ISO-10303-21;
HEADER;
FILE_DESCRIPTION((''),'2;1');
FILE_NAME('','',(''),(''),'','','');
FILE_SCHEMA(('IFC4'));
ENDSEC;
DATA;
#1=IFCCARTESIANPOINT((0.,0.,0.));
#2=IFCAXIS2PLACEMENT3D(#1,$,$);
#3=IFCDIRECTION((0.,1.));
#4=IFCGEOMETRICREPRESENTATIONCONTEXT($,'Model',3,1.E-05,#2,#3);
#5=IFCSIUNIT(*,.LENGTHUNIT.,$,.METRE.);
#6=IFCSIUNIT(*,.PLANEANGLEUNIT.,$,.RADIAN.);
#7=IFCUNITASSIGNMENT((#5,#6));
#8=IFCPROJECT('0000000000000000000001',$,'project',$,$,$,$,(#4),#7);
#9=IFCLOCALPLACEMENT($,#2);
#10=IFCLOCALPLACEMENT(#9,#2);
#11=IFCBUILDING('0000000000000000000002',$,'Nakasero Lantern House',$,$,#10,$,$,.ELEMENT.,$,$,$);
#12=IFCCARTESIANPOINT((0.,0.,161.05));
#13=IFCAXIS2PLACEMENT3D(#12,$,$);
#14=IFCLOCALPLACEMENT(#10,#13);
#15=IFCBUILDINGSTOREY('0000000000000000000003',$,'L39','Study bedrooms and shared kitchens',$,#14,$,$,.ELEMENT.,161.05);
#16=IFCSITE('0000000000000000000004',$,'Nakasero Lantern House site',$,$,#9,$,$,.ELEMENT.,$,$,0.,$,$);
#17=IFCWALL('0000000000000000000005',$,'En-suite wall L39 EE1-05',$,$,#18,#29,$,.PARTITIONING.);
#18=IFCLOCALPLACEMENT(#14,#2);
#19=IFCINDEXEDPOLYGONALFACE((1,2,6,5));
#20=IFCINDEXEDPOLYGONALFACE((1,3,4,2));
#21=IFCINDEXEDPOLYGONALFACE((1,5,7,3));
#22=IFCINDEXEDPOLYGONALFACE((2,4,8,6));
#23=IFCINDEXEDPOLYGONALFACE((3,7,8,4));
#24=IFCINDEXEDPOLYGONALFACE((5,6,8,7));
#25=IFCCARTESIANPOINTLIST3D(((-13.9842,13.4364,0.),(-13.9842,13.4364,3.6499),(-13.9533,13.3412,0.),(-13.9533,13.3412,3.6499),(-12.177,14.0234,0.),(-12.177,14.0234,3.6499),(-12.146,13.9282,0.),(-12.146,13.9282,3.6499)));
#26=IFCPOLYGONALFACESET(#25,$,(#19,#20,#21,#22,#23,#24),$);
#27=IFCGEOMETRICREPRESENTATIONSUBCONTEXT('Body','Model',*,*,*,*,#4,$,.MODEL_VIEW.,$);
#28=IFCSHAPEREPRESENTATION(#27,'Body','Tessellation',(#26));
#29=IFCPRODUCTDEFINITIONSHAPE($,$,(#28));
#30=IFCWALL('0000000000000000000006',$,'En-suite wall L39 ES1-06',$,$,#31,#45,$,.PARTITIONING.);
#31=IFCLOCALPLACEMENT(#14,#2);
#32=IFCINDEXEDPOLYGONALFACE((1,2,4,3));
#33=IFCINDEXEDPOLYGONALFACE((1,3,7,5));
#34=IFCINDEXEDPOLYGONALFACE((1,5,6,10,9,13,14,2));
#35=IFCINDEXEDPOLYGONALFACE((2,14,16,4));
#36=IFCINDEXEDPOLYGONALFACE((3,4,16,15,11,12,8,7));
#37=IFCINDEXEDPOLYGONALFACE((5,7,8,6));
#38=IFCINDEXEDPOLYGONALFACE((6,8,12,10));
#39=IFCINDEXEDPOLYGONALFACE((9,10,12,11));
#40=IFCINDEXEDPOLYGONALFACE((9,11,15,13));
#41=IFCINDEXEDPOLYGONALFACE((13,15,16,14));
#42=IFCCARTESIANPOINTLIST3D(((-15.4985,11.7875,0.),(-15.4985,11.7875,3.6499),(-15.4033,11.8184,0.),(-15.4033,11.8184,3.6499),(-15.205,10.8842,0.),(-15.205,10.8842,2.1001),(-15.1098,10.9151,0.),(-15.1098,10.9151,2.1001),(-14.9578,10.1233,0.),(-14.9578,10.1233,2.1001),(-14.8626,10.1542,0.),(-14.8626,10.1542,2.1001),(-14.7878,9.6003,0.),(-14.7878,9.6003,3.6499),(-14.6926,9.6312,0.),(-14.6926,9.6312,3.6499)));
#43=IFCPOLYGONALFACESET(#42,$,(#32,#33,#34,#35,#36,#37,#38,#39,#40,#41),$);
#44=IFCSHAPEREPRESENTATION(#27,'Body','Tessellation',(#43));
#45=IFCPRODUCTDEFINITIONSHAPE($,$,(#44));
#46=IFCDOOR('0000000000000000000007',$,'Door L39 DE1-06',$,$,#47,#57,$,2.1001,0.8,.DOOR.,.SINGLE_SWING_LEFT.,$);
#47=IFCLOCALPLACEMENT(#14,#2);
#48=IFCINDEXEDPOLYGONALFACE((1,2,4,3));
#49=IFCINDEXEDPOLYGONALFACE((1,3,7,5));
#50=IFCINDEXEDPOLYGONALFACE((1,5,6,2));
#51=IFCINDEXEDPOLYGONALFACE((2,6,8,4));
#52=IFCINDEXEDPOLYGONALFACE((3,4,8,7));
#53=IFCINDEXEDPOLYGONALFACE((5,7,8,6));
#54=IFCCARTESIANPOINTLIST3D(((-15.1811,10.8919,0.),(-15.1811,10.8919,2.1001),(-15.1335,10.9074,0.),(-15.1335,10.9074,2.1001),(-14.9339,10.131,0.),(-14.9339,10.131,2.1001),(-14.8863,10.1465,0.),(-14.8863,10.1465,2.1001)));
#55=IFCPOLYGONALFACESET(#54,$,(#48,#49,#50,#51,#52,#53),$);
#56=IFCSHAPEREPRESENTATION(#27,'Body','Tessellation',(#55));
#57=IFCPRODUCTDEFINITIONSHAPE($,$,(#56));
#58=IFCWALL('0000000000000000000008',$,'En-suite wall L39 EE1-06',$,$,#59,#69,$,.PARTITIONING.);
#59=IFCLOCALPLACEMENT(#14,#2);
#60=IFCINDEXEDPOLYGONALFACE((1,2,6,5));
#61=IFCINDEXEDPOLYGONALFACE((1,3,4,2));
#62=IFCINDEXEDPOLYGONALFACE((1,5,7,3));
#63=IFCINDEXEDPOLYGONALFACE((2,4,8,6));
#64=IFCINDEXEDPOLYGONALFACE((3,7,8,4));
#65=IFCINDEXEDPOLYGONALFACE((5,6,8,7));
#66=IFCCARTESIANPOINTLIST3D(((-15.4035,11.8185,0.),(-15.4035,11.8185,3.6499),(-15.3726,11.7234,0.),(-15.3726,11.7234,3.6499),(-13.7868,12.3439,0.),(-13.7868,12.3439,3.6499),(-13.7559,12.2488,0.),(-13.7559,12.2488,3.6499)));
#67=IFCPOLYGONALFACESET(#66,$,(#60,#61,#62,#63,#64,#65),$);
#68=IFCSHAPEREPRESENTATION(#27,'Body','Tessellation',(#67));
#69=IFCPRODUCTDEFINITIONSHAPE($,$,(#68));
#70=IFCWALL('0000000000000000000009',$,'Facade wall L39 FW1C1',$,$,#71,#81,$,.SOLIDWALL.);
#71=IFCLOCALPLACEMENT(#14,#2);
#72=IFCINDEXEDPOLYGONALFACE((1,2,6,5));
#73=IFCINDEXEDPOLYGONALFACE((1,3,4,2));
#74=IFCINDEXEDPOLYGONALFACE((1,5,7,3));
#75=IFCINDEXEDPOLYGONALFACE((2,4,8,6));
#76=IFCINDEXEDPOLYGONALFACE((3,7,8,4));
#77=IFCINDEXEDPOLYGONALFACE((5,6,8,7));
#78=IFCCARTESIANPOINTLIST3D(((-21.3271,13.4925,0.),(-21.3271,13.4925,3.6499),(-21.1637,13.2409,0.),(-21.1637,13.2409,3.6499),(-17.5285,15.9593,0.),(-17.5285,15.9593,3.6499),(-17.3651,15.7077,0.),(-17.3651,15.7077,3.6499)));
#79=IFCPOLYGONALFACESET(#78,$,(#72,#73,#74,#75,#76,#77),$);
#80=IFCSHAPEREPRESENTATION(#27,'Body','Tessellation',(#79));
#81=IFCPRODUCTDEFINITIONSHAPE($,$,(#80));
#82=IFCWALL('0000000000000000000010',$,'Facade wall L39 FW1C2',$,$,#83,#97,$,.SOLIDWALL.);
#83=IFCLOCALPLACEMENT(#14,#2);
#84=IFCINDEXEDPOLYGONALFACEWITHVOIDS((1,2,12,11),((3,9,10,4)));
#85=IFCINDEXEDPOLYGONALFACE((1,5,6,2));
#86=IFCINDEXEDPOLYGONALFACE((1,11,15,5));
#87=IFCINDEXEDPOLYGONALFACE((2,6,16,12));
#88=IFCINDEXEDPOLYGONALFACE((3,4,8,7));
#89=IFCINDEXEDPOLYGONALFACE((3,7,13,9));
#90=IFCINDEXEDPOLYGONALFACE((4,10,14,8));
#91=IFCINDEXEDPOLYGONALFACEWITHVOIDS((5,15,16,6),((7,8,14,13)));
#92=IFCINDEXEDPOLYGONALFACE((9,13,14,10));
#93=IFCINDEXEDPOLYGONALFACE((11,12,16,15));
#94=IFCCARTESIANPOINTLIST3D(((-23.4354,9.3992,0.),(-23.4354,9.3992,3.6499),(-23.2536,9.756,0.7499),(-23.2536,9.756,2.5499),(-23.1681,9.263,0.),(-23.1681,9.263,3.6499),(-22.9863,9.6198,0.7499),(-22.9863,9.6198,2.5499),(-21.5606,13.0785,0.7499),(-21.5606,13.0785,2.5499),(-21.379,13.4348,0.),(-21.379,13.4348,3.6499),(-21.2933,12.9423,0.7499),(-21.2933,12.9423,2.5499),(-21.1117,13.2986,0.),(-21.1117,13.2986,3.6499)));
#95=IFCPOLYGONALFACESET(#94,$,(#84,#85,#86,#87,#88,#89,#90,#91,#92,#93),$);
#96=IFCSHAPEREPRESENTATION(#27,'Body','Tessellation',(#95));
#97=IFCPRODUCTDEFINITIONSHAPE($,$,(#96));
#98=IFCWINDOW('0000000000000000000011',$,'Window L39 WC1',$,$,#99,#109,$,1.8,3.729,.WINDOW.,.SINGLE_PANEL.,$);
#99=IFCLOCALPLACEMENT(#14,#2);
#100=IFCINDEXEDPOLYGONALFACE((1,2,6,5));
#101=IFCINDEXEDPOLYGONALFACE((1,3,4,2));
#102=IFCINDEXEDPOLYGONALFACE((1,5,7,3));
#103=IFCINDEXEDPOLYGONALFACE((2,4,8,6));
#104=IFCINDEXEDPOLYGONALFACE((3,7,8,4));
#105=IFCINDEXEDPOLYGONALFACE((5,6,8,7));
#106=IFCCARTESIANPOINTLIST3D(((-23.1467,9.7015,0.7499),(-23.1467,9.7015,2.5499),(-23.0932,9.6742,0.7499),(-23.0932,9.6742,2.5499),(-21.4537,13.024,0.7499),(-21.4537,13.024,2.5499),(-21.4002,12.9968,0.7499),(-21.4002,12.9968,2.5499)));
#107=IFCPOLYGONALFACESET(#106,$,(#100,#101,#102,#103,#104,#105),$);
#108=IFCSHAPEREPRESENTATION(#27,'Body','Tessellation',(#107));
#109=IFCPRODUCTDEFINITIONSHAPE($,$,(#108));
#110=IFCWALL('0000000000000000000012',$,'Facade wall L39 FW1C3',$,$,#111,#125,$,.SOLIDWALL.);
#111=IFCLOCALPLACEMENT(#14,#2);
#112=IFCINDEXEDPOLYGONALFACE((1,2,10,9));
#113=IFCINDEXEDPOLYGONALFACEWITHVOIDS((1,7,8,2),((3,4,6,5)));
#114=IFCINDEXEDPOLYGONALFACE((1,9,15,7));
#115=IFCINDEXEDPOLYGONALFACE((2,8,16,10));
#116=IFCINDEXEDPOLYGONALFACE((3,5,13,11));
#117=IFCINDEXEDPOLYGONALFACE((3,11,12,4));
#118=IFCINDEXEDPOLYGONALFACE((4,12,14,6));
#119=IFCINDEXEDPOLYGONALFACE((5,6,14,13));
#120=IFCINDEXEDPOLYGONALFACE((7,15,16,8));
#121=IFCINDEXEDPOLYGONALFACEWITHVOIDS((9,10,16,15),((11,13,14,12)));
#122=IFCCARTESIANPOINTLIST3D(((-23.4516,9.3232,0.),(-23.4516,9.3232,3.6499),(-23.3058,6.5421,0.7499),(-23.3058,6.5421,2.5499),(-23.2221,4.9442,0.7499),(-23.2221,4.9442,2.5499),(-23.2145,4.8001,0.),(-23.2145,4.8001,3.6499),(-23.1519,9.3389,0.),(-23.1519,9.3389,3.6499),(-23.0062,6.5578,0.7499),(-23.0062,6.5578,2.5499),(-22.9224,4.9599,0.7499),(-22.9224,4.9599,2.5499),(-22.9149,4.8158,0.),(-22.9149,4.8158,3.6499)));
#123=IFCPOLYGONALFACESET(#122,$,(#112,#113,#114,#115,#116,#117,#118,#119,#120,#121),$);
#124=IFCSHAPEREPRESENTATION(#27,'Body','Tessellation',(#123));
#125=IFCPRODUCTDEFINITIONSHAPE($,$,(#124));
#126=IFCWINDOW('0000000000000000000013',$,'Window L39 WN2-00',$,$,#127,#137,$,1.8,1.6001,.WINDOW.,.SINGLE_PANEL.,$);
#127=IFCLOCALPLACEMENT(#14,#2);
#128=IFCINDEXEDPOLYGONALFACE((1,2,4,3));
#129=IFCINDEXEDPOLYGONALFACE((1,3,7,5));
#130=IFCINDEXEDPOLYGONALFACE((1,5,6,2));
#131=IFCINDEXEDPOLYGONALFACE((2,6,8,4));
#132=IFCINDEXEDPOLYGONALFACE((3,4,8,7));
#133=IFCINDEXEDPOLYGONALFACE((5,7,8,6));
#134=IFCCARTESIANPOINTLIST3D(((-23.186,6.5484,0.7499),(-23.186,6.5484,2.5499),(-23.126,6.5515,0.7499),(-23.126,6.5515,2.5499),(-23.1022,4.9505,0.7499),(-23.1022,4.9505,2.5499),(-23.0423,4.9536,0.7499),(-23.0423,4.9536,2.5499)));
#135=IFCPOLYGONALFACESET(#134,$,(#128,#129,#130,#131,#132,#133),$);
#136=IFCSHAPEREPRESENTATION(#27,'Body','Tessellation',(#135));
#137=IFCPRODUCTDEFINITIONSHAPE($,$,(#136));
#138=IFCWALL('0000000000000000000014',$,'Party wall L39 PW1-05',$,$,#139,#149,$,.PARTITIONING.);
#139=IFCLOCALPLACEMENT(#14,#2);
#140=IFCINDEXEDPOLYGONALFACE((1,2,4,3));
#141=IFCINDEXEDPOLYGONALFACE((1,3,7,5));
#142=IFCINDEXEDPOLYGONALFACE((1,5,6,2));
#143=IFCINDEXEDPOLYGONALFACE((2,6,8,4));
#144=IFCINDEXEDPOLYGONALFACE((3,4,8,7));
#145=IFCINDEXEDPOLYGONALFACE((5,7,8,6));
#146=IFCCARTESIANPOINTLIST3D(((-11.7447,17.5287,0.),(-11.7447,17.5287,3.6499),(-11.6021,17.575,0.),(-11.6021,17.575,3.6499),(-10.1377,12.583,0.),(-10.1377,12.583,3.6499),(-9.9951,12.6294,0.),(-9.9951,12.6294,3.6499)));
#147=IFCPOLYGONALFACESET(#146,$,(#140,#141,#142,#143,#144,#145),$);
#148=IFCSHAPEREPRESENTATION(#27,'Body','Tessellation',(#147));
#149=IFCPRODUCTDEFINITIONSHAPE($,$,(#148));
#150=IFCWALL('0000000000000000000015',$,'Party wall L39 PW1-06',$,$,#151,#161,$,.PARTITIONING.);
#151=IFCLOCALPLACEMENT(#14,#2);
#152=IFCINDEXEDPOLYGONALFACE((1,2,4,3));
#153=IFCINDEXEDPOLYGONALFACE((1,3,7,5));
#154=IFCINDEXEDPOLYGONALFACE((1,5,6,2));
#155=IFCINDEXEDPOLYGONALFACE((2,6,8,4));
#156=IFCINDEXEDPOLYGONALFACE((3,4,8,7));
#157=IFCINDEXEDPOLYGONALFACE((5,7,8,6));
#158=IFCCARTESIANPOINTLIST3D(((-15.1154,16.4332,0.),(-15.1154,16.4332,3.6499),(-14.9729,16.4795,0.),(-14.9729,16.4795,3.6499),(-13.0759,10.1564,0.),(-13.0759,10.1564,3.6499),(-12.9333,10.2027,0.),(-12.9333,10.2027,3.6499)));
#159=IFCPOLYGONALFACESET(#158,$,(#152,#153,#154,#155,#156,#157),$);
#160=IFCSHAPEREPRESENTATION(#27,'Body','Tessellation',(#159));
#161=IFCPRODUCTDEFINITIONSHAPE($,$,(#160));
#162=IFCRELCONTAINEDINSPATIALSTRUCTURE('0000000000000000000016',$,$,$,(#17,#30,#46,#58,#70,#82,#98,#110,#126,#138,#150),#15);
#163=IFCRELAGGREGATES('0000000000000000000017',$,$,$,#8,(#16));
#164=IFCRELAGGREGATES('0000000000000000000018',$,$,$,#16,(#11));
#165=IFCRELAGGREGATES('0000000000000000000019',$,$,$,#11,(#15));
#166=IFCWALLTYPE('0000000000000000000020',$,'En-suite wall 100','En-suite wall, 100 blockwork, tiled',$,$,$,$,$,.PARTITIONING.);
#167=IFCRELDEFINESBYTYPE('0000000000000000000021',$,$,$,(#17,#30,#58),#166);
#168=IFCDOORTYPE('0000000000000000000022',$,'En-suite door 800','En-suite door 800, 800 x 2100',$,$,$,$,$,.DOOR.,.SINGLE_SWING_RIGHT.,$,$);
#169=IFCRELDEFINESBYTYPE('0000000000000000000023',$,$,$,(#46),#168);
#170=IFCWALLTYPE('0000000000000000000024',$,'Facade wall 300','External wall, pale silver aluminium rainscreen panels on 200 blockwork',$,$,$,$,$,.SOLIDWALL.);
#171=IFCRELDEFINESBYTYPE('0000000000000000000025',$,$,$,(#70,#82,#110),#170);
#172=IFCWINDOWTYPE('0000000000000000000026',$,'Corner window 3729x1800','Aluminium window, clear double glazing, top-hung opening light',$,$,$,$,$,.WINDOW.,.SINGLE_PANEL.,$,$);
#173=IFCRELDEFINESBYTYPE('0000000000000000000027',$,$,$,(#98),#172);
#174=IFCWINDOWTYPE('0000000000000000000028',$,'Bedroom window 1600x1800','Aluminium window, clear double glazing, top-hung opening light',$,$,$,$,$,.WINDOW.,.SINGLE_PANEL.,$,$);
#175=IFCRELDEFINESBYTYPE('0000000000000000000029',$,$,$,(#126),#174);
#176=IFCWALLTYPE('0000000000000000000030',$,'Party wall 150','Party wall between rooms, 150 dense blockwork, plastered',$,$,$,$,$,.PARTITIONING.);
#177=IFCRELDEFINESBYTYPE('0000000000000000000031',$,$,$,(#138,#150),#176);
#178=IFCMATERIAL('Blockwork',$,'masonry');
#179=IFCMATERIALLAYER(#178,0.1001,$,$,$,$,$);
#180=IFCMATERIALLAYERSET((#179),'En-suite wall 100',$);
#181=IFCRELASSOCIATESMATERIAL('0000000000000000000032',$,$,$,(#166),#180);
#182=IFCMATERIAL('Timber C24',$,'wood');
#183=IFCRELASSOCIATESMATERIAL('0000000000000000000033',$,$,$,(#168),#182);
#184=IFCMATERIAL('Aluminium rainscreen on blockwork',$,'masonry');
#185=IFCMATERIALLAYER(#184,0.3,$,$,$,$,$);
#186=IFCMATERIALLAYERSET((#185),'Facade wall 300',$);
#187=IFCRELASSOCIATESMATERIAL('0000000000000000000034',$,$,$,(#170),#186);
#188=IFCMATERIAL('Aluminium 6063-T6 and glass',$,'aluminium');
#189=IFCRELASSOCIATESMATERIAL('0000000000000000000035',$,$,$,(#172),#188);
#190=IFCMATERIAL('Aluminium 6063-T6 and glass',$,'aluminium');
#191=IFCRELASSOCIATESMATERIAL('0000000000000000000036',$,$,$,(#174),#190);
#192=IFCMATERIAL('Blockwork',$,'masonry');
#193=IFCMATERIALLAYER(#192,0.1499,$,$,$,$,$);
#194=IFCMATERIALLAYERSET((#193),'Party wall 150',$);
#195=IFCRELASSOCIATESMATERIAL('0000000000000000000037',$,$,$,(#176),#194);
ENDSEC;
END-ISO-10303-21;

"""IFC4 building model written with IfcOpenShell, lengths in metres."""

from ifc_helpers import new_model, si_unit, direction, frame, frame_2d, origin, place, context, subcontext, project, spatial, rectangle, extrude, material, layer, layer_set, type_object, element, fill, save


model = new_model("IFC4")

# Units and contexts
model_context = context("Model", 3, precision=1e-05, world=origin(), true_north=direction((0.0, 1.0)))
body_context = subcontext(model_context, "Body", "Model", "MODEL_VIEW")
ifc_project = project(units=[si_unit("LENGTHUNIT", "METRE"), si_unit("PLANEANGLEUNIT", "RADIAN")], contexts=[model_context])

# Site, building, storey
site_placement = place(None, origin())
site = spatial("IfcSite", under=ifc_project, at=site_placement, Name="Nakasero Lantern House site", CompositionType="ELEMENT", RefElevation=0.0)
building_placement = place(site_placement, origin())
building = spatial("IfcBuilding", under=site, at=building_placement, Name="Nakasero Lantern House", CompositionType="ELEMENT")
storey_placement = place(building_placement, frame((0.0, 0.0, 161.05)))
storey = spatial("IfcBuildingStorey", under=building, at=storey_placement, Name="L39", Description="Study bedrooms and shared kitchens", CompositionType="ELEMENT", Elevation=161.05)

# Shared definitions
ifc_material_1 = material(Name="Blockwork", Category="masonry")
ifc_layer_1 = layer(ifc_material_1, 0.1001)
ifc_layer_set_1 = layer_set([ifc_layer_1], Name="En-suite wall 100")
wall_type_1 = type_object("IfcWallType", Name="En-suite wall 100", Description="En-suite wall, 100 blockwork, tiled", PredefinedType="PARTITIONING", material=ifc_layer_set_1)
ifc_material_2 = material(Name="Timber C24", Category="wood")
door_type_1 = type_object("IfcDoorType", Name="En-suite door 800", Description="En-suite door 800, 800 x 2100", OperationType="SINGLE_SWING_RIGHT", PredefinedType="DOOR", material=ifc_material_2)

# Wall
wall_1_placement = place(storey_placement, frame((-12.1614, 13.9758, 0.0), z_axis=(0.0, 0.0, 1.0), x_axis=(-0.951096, -0.308894, 0.0)))
element("IfcWall", 1, at=wall_1_placement, inside=storey, type_object=wall_type_1, Name="En-suite wall L39 EE1-05", PredefinedType="PARTITIONING", context=body_context, shape_type="SweptSolid", body=[
    extrude(rectangle(XDim=1.9001, YDim=0.1001, at=frame_2d((0.9502, 0.0))), origin(), (0.0, 0.0, 1.0), 3.6499),
])

# Wall, opening, door
wall_2_placement = place(storey_placement, frame((-14.7402, 9.6157, 0.0), z_axis=(0.0, 0.0, 1.0), x_axis=(-0.309021, 0.951055, 0.0)))
wall_2 = element("IfcWall", 2, at=wall_2_placement, inside=storey, type_object=wall_type_1, Name="En-suite wall L39 ES1-06", PredefinedType="PARTITIONING", context=body_context, shape_type="SweptSolid", body=[
    extrude(rectangle(XDim=2.2998, YDim=0.1001, at=frame_2d((1.1499, 0.0))), origin(), (0.0, 0.0, 1.0), 3.6499),
])
opening_1_placement = place(wall_2_placement, frame((0.55, 0.0, 0.0)))
opening_1 = element("IfcOpeningElement", 3, at=opening_1_placement, cuts=wall_2, PredefinedType="OPENING", context=body_context, shape_type="SweptSolid", body=[
    extrude(rectangle(XDim=0.8, YDim=2.1001, at=frame_2d((0.3999, 1.05))), frame((0.0, 0.0701, 0.0), z_axis=(0.0, -1.0, 0.0), x_axis=(1.0, 0.0, 0.0)), (0.0, 0.0, 1.0), 0.1401),
])
door_1_placement = place(opening_1_placement, origin())
door_1 = element("IfcDoor", 4, at=door_1_placement, inside=storey, type_object=door_type_1, Name="Door L39 DE1-06", OperationType="SINGLE_SWING_LEFT", OverallHeight=2.1001, OverallWidth=0.8, PredefinedType="DOOR", context=body_context, shape_type="SweptSolid", body=[
    extrude(rectangle(XDim=0.8, YDim=2.1001, at=frame_2d((0.3999, 1.05))), frame((0.0, 0.0249, 0.0), z_axis=(0.0, -1.0, 0.0), x_axis=(1.0, 0.0, 0.0)), (0.0, 0.0, 1.0), 0.05),
])
fill(opening_1, door_1)

# Walls
wall_3_placement = place(storey_placement, frame((-13.7712, 12.2964, 0.0), z_axis=(0.0, 0.0, 1.0), x_axis=(-0.95104, -0.309067, 0.0)))
element("IfcWall", 5, at=wall_3_placement, inside=storey, type_object=wall_type_1, Name="En-suite wall L39 EE1-06", PredefinedType="PARTITIONING", context=body_context, shape_type="SweptSolid", body=[
    extrude(rectangle(XDim=1.7, YDim=0.1001, at=frame_2d((0.8501, 0.0))), origin(), (0.0, 0.0, 1.0), 3.6499),
])
ifc_material_3 = material(Name="Aluminium rainscreen on blockwork", Category="masonry")
ifc_layer_2 = layer(ifc_material_3, 0.3)
ifc_layer_set_2 = layer_set([ifc_layer_2], Name="Facade wall 300")
wall_type_2 = type_object("IfcWallType", Name="Facade wall 300", Description="External wall, pale silver aluminium rainscreen panels on 200 blockwork", PredefinedType="SOLIDWALL", material=ifc_layer_set_2)
wall_4_placement = place(storey_placement, frame((-17.4468, 15.8335, 0.0), z_axis=(0.0, 0.0, 1.0), x_axis=(-0.838674, -0.544634, 0.0)))
element("IfcWall", 6, at=wall_4_placement, inside=storey, type_object=wall_type_2, Name="Facade wall L39 FW1C1", PredefinedType="SOLIDWALL", context=body_context, shape_type="SweptSolid", body=[
    extrude(rectangle(XDim=4.5293, YDim=0.3, at=frame_2d((2.2646, 0.0))), origin(), (0.0, 0.0, 1.0), 3.6499),
])

# Walls, openings, windows
wall_5_placement = place(storey_placement, frame((-21.2454, 13.3667, 0.0), z_axis=(0.0, 0.0, 1.0), x_axis=(-0.454014, -0.890995, 0.0)))
wall_5 = element("IfcWall", 7, at=wall_5_placement, inside=storey, type_object=wall_type_2, Name="Facade wall L39 FW1C2", PredefinedType="SOLIDWALL", context=body_context, shape_type="SweptSolid", body=[
    extrude(rectangle(XDim=4.5293, YDim=0.3, at=frame_2d((2.2646, 0.0))), origin(), (0.0, 0.0, 1.0), 3.6499),
])
opening_2_placement = place(wall_5_placement, frame((0.3999, 0.0, 0.75)))
opening_2 = element("IfcOpeningElement", 8, at=opening_2_placement, cuts=wall_5, PredefinedType="OPENING", context=body_context, shape_type="SweptSolid", body=[
    extrude(rectangle(XDim=3.729, YDim=1.8, at=frame_2d((1.8645, 0.8999))), frame((0.0, 0.1699, 0.0), z_axis=(0.0, -1.0, 0.0), x_axis=(1.0, 0.0, 0.0)), (0.0, 0.0, 1.0), 0.3401),
])
ifc_material_4 = material(Name="Aluminium 6063-T6 and glass", Category="aluminium")
window_type_1 = type_object("IfcWindowType", Name="Corner window 3729x1800", Description="Aluminium window, clear double glazing, top-hung opening light", PartitioningType="SINGLE_PANEL", PredefinedType="WINDOW", material=ifc_material_4)
window_1_placement = place(opening_2_placement, origin())
window_1 = element("IfcWindow", 9, at=window_1_placement, inside=storey, type_object=window_type_1, Name="Window L39 WC1", OverallHeight=1.8, OverallWidth=3.729, PartitioningType="SINGLE_PANEL", PredefinedType="WINDOW", context=body_context, shape_type="SweptSolid", body=[
    extrude(rectangle(XDim=3.729, YDim=1.8, at=frame_2d((1.8645, 0.8999))), frame((0.0, 0.03, 0.0), z_axis=(0.0, -1.0, 0.0), x_axis=(1.0, 0.0, 0.0)), (0.0, 0.0, 1.0), 0.0601),
])
fill(opening_2, window_1)
wall_6_placement = place(storey_placement, frame((-23.3018, 9.3311, 0.0), z_axis=(0.0, 0.0, 1.0), x_axis=(0.052338, -0.998629, 0.0)))
wall_6 = element("IfcWall", 10, at=wall_6_placement, inside=storey, type_object=wall_type_2, Name="Facade wall L39 FW1C3", PredefinedType="SOLIDWALL", context=body_context, shape_type="SweptSolid", body=[
    extrude(rectangle(XDim=4.5293, YDim=0.3, at=frame_2d((2.2646, 0.0))), origin(), (0.0, 0.0, 1.0), 3.6499),
])
opening_3_placement = place(wall_6_placement, frame((2.7849, 0.0, 0.75)))
opening_3 = element("IfcOpeningElement", 11, at=opening_3_placement, cuts=wall_6, PredefinedType="OPENING", context=body_context, shape_type="SweptSolid", body=[
    extrude(rectangle(XDim=1.6001, YDim=1.8, at=frame_2d((0.8, 0.8999))), frame((0.0, 0.1699, 0.0), z_axis=(0.0, -1.0, 0.0), x_axis=(1.0, 0.0, 0.0)), (0.0, 0.0, 1.0), 0.3401),
])
ifc_material_5 = material(Name="Aluminium 6063-T6 and glass", Category="aluminium")
window_type_2 = type_object("IfcWindowType", Name="Bedroom window 1600x1800", Description="Aluminium window, clear double glazing, top-hung opening light", PartitioningType="SINGLE_PANEL", PredefinedType="WINDOW", material=ifc_material_5)
window_2_placement = place(opening_3_placement, origin())
window_2 = element("IfcWindow", 12, at=window_2_placement, inside=storey, type_object=window_type_2, Name="Window L39 WN2-00", OverallHeight=1.8, OverallWidth=1.6001, PartitioningType="SINGLE_PANEL", PredefinedType="WINDOW", context=body_context, shape_type="SweptSolid", body=[
    extrude(rectangle(XDim=1.6001, YDim=1.8, at=frame_2d((0.8, 0.8999))), frame((0.0, 0.03, 0.0), z_axis=(0.0, -1.0, 0.0), x_axis=(1.0, 0.0, 0.0)), (0.0, 0.0, 1.0), 0.0601),
])
fill(opening_3, window_2)

# Walls
ifc_material_6 = material(Name="Blockwork", Category="masonry")
ifc_layer_3 = layer(ifc_material_6, 0.1499)
ifc_layer_set_3 = layer_set([ifc_layer_3], Name="Party wall 150")
wall_type_3 = type_object("IfcWallType", Name="Party wall 150", Description="Party wall between rooms, 150 dense blockwork, plastered", PredefinedType="PARTITIONING", material=ifc_layer_set_3)
wall_7_placement = place(storey_placement, frame((-10.0664, 12.6062, 0.0), z_axis=(0.0, 0.0, 1.0), x_axis=(-0.309021, 0.951055, 0.0)))
element("IfcWall", 13, at=wall_7_placement, inside=storey, type_object=wall_type_3, Name="Party wall L39 PW1-05", PredefinedType="PARTITIONING", context=body_context, shape_type="SweptSolid", body=[
    extrude(rectangle(XDim=5.2002, YDim=0.1499, at=frame_2d((2.6001, 0.0))), origin(), (0.0, 0.0, 1.0), 3.6499),
])
wall_8_placement = place(storey_placement, frame((-13.0046, 10.1797, 0.0), z_axis=(0.0, 0.0, 1.0), x_axis=(-0.309028, 0.951053, 0.0)))
element("IfcWall", 14, at=wall_8_placement, inside=storey, type_object=wall_type_3, Name="Party wall L39 PW1-06", PredefinedType="PARTITIONING", context=body_context, shape_type="SweptSolid", body=[
    extrude(rectangle(XDim=6.5999, YDim=0.1499, at=frame_2d((3.2998, 0.0))), origin(), (0.0, 0.0, 1.0), 3.6499),
])

save(model, "model.ifc")
